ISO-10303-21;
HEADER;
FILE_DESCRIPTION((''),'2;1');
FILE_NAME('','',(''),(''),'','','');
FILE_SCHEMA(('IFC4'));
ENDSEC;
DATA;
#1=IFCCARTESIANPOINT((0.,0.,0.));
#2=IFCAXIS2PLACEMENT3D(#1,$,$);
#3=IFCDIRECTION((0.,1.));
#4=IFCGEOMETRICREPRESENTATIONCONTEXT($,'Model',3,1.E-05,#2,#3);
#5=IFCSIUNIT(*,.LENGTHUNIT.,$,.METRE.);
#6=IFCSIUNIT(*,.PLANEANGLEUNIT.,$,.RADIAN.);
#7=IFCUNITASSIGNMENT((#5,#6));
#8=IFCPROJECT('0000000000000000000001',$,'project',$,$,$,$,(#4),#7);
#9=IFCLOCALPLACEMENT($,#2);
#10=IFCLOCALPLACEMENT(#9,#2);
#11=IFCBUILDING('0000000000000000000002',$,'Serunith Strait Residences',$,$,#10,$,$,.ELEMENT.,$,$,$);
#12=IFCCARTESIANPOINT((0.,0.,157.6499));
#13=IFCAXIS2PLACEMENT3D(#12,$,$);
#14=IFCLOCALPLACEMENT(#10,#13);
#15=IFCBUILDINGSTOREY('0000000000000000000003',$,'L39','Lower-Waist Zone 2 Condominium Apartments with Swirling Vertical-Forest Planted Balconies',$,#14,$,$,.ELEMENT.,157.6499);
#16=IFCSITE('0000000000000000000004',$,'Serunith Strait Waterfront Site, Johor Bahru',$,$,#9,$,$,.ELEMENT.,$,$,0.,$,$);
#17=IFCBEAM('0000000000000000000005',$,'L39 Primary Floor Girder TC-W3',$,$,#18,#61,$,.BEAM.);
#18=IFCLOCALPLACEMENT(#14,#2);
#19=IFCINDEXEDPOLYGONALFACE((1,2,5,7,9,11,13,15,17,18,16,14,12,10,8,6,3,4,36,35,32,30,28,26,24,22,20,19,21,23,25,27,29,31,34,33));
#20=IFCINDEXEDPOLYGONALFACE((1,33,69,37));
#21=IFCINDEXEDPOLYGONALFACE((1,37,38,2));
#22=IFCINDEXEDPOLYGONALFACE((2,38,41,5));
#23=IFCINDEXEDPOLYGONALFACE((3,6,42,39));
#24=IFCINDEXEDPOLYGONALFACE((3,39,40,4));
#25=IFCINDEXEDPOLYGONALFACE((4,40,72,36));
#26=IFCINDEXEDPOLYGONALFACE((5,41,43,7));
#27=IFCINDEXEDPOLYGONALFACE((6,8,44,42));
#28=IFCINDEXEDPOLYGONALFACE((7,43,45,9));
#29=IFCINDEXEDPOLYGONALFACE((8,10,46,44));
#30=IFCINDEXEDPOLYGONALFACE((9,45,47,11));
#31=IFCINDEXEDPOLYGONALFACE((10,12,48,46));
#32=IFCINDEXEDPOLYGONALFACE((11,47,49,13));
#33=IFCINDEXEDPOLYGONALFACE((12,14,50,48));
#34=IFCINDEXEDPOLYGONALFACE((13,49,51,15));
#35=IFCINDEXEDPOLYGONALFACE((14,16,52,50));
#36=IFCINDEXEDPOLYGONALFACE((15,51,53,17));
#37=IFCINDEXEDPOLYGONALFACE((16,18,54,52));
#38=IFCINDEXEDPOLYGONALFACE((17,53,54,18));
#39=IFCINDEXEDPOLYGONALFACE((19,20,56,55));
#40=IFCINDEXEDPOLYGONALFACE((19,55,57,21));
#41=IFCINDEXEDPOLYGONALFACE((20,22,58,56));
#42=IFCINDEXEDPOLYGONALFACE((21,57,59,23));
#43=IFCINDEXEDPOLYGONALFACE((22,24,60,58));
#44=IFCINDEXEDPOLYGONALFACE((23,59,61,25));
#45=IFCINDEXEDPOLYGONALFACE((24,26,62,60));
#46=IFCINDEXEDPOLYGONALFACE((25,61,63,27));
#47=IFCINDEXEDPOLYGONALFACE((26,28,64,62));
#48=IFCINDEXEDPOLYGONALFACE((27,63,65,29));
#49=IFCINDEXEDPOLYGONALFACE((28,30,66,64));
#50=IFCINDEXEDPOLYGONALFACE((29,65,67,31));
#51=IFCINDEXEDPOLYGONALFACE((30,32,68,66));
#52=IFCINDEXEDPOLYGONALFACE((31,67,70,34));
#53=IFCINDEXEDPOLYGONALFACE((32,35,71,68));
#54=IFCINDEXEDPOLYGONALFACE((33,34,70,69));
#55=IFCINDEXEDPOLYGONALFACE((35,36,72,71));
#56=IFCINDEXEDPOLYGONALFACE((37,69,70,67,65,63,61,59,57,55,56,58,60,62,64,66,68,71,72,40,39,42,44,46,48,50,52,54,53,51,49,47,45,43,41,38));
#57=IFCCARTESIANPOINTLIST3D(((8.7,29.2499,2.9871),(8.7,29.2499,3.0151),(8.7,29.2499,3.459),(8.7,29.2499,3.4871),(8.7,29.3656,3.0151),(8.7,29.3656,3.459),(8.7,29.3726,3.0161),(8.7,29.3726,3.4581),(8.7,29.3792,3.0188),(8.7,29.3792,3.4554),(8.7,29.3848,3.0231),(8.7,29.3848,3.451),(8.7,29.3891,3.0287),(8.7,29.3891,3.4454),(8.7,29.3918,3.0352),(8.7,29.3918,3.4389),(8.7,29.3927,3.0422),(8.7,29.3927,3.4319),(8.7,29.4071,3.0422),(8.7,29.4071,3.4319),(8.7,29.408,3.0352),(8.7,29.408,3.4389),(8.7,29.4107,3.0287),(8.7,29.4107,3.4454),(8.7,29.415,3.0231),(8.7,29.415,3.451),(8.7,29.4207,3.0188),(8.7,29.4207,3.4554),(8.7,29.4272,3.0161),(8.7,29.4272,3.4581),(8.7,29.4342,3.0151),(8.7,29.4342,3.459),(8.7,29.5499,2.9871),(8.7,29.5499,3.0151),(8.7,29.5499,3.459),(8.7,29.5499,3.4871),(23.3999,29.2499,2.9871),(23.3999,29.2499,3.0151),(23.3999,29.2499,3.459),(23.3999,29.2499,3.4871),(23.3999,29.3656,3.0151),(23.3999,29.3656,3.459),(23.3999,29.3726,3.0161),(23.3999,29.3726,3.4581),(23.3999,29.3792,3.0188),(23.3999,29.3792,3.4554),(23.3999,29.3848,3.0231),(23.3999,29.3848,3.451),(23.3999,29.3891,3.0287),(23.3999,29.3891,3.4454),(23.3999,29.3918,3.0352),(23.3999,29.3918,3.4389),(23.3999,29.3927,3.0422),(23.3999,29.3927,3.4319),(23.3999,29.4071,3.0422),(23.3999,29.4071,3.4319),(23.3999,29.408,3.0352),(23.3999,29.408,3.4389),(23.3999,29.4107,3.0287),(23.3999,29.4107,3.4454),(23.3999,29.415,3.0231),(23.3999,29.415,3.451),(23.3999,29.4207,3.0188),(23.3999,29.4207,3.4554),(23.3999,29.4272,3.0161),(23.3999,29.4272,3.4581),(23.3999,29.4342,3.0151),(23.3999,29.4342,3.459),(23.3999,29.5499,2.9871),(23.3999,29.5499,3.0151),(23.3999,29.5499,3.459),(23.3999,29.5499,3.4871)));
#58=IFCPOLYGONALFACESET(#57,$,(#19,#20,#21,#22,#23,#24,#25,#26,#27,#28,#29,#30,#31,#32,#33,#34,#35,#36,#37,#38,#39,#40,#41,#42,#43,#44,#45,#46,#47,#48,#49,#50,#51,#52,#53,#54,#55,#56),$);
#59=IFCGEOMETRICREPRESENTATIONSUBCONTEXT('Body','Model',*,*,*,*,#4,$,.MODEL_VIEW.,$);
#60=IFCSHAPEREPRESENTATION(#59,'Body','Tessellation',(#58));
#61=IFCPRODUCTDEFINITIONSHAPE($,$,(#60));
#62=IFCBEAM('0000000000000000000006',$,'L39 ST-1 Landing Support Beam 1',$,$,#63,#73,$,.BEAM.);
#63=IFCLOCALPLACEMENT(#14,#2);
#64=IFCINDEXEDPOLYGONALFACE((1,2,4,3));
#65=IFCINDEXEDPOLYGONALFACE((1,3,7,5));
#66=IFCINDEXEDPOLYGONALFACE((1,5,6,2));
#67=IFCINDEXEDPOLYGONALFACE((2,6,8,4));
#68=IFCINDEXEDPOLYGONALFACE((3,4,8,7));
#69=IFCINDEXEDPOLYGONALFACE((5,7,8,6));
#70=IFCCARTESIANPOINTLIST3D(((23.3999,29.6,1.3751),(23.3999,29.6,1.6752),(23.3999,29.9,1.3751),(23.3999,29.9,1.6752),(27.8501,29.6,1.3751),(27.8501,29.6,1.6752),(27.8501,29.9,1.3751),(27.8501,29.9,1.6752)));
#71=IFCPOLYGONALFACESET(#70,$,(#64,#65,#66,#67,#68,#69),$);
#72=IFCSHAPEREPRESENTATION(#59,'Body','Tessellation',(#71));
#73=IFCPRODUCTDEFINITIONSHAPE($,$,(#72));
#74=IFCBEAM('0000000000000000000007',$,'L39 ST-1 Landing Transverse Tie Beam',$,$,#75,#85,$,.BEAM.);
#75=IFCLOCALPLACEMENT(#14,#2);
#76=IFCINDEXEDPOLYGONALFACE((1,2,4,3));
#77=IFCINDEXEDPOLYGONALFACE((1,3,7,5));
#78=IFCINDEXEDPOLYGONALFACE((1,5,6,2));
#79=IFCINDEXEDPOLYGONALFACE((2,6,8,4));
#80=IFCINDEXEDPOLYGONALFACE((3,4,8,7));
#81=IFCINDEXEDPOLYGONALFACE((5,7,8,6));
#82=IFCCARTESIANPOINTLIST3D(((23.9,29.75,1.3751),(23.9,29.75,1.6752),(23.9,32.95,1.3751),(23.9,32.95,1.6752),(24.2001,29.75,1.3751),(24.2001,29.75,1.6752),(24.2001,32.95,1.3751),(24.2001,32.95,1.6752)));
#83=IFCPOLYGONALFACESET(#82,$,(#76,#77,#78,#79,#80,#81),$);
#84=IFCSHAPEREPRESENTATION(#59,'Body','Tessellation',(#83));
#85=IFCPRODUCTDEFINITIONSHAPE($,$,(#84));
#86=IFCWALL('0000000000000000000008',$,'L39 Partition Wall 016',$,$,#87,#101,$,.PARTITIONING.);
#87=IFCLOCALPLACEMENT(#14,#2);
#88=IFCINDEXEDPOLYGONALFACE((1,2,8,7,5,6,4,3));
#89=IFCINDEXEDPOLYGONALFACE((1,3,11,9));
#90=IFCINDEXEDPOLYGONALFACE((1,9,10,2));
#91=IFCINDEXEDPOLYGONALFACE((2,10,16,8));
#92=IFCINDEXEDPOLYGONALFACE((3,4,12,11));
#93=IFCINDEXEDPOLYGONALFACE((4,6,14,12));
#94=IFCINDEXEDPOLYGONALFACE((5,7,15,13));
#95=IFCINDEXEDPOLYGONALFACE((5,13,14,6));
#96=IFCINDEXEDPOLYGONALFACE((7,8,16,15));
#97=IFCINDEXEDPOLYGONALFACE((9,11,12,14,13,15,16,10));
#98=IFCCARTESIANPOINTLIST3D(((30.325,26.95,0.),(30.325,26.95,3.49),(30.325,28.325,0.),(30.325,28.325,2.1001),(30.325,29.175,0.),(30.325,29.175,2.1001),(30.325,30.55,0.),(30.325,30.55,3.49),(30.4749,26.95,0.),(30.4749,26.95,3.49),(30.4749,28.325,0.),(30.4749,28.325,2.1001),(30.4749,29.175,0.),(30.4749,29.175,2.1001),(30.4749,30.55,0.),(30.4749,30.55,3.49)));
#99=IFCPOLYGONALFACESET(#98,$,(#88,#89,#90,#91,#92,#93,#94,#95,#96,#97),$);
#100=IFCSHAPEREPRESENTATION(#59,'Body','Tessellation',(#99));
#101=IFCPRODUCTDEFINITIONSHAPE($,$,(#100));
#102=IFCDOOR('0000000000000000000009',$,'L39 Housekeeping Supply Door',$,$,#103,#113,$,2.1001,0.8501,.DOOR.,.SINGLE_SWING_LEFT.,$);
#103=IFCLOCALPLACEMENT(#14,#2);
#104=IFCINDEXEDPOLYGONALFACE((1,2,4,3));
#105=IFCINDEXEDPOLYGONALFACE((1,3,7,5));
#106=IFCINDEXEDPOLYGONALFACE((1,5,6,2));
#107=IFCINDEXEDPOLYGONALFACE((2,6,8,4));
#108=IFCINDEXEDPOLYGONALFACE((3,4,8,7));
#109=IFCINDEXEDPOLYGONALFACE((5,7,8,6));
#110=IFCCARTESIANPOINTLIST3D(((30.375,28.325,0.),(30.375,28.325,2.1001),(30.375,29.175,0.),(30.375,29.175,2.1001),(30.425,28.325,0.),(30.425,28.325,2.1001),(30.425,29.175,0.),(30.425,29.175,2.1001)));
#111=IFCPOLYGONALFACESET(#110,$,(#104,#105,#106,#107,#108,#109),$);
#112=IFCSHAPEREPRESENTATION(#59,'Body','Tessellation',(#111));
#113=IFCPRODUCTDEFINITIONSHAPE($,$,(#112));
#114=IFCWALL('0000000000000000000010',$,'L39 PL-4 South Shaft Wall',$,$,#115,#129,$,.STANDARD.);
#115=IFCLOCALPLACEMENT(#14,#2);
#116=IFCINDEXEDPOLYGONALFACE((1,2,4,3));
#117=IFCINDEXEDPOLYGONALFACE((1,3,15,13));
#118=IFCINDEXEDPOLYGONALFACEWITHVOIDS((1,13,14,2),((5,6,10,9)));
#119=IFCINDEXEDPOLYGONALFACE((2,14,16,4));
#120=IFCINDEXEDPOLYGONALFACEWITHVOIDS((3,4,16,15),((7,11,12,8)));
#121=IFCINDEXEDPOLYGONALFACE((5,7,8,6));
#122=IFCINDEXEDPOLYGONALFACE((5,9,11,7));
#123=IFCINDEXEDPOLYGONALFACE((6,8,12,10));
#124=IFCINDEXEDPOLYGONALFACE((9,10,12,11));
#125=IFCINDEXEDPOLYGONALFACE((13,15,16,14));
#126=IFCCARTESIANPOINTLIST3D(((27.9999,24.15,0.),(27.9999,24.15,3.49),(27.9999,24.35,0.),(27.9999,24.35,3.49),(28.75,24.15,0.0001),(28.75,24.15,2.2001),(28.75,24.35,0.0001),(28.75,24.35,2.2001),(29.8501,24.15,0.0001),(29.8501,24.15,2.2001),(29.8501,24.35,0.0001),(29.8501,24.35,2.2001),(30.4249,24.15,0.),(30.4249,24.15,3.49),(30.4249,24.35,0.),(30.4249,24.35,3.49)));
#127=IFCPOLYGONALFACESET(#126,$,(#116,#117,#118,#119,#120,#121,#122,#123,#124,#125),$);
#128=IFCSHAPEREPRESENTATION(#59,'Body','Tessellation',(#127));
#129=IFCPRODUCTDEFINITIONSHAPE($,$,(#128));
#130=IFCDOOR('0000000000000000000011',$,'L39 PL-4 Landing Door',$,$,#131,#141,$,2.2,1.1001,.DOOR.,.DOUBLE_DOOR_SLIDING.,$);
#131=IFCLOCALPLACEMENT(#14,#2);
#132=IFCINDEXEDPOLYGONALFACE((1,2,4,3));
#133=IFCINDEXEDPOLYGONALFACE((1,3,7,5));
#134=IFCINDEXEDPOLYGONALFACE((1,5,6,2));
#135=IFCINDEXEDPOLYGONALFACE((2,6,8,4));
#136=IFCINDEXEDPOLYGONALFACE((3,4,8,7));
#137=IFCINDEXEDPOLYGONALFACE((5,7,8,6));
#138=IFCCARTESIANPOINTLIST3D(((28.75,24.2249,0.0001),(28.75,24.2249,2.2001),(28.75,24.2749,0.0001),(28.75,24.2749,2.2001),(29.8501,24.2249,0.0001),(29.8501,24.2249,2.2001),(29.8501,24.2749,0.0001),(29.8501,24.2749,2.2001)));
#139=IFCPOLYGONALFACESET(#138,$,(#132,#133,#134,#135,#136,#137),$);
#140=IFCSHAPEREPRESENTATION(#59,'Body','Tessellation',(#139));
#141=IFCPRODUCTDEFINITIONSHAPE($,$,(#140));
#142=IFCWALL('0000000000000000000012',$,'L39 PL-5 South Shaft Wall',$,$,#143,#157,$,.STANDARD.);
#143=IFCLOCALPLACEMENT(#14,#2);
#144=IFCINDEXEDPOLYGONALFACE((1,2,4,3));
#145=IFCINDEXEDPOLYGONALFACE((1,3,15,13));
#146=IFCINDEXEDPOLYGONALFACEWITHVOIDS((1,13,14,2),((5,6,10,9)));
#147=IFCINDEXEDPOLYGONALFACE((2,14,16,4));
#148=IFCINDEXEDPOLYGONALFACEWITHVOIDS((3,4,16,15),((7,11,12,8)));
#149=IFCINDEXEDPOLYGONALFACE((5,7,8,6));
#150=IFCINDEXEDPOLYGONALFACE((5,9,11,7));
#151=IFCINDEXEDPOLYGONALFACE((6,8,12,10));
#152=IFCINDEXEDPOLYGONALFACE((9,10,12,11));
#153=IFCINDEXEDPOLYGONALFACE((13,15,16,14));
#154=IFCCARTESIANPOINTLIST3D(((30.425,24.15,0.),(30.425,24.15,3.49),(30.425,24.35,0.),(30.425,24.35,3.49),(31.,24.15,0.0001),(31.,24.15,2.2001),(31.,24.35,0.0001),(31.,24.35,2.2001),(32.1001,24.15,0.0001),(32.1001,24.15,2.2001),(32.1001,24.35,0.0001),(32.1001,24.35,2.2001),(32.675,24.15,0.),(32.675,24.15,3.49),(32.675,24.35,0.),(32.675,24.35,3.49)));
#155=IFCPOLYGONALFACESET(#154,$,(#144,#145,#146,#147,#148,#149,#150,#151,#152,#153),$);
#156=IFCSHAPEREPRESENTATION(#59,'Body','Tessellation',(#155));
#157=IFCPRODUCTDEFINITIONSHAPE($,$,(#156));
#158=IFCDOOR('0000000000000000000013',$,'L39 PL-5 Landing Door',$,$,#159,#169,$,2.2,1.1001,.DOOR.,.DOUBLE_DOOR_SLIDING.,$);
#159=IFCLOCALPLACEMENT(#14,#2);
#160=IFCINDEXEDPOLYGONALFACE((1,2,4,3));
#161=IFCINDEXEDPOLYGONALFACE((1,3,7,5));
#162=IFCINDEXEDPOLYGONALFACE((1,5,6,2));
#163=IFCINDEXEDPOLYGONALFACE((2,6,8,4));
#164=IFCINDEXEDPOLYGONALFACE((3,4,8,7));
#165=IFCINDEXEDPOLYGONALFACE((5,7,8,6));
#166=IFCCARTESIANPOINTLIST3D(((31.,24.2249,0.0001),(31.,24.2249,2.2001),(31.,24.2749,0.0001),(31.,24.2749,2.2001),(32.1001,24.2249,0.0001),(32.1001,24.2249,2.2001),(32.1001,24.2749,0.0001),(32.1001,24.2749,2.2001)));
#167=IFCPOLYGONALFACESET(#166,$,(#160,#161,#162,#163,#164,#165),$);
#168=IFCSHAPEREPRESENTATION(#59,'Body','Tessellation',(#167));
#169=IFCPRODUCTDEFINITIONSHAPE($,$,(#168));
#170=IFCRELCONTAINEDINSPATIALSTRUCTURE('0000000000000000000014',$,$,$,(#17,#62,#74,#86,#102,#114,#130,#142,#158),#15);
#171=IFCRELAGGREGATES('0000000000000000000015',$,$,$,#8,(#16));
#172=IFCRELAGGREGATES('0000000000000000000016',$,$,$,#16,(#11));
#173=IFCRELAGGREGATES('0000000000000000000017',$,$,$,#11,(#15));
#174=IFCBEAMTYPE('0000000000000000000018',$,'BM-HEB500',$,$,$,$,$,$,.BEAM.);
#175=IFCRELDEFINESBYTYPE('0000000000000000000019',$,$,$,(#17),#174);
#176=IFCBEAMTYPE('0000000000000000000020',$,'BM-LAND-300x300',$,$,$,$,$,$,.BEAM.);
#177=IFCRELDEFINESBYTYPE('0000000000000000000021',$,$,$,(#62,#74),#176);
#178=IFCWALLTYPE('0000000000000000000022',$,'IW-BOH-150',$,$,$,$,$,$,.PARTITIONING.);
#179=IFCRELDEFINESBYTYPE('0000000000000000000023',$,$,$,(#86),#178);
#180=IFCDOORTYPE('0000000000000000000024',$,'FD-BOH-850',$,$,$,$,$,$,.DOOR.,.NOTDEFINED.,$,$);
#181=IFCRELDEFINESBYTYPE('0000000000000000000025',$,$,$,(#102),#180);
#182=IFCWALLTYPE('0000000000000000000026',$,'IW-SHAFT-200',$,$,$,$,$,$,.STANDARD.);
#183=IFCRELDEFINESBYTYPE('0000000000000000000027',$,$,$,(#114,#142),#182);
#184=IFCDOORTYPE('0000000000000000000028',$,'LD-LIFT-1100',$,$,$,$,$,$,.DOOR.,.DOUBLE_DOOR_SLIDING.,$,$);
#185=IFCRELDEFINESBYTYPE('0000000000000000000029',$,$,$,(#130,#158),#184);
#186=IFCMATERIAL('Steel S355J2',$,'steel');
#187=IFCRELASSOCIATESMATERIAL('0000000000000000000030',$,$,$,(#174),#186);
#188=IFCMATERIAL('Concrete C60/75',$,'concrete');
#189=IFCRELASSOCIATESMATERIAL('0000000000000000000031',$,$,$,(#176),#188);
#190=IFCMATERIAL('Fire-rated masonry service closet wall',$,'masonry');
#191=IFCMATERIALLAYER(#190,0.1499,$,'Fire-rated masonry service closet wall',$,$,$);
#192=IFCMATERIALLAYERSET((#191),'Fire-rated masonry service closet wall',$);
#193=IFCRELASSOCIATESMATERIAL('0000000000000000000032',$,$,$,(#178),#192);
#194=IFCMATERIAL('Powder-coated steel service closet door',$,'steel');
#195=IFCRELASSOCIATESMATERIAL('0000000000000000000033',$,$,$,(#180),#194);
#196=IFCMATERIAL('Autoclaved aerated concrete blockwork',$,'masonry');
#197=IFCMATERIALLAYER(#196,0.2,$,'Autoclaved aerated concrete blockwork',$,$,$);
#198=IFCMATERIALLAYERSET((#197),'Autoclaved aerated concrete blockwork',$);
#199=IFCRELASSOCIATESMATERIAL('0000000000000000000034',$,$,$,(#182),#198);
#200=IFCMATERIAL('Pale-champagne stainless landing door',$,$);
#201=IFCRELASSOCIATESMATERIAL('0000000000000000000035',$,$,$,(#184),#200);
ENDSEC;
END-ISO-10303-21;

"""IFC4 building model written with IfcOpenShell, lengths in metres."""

from ifc_helpers import new_model, si_unit, direction, frame, frame_2d, origin, origin_2d, place, context, subcontext, project, spatial, rectangle, i_section, extrude, source, transform, mapped, material, layer, layer_set, material_profile, profile_set, type_object, element, fill, save


model = new_model("IFC4")

# Units and contexts
model_context = context("Model", 3, precision=1e-05, world=origin(), true_north=direction((0.0, 1.0)))
body_context = subcontext(model_context, "Body", "Model", "MODEL_VIEW")
ifc_project = project(units=[si_unit("LENGTHUNIT", "METRE"), si_unit("PLANEANGLEUNIT", "RADIAN")], contexts=[model_context])

# Site, building, storey
site_placement = place(None, origin())
site = spatial("IfcSite", under=ifc_project, at=site_placement, Name="Serunith Strait Waterfront Site, Johor Bahru", CompositionType="ELEMENT", RefElevation=0.0)
building_placement = place(site_placement, origin())
building = spatial("IfcBuilding", under=site, at=building_placement, Name="Serunith Strait Residences", CompositionType="ELEMENT")
storey_placement = place(building_placement, frame((0.0, 0.0, 157.6499)))
storey = spatial("IfcBuildingStorey", under=building, at=storey_placement, Name="L39", Description="Lower-Waist Zone 2 Condominium Apartments with Swirling Vertical-Forest Planted Balconies", CompositionType="ELEMENT", Elevation=157.6499)

# Beams
ifc_material_1 = material(Name="Steel S355J2", Category="steel")
ifc_material_profile_1 = material_profile(ifc_material_1, i_section(OverallWidth=0.3, OverallDepth=0.5, WebThickness=0.0144, FlangeThickness=0.0281, FilletRadius=0.0271, at=origin_2d()), Name="HEB 500")
ifc_profile_set_1 = profile_set([ifc_material_profile_1], Name="Steel S355J2")
beam_type_1 = type_object("IfcBeamType", Name="BM-HEB500", PredefinedType="BEAM", material=ifc_profile_set_1)
shared_shape_1 = source(origin(), body_context, "Body", "SweptSolid", [
    extrude(i_section(OverallWidth=0.3, OverallDepth=0.5, WebThickness=0.0144, FlangeThickness=0.0281, FilletRadius=0.0271, at=origin_2d()), origin(), (0.0, 0.0, 1.0), 14.7),
])
beam_1_placement = place(storey_placement, frame((23.3999, 29.3999, 3.2371), z_axis=(-1.0, 0.0, 0.0), x_axis=(0.0, -1.0, 0.0)))
element("IfcBeam", 1, at=beam_1_placement, inside=storey, type_object=beam_type_1, Name="L39 Primary Floor Girder TC-W3", PredefinedType="BEAM", context=body_context, shape_type="MappedRepresentation", body=[
    mapped(shared_shape_1, transform((0.0, 0.0, 0.0), scale=1.0)),
])
ifc_material_2 = material(Name="Concrete C60/75", Category="concrete")
ifc_material_profile_2 = material_profile(ifc_material_2, rectangle(XDim=0.3, YDim=0.3, at=origin_2d()), Name="RC 300x300")
ifc_profile_set_2 = profile_set([ifc_material_profile_2], Name="Concrete C60/75")
beam_type_2 = type_object("IfcBeamType", Name="BM-LAND-300x300", PredefinedType="BEAM", material=ifc_profile_set_2)
shared_shape_2 = source(origin(), body_context, "Body", "SweptSolid", [
    extrude(rectangle(XDim=0.3, YDim=0.3, at=origin_2d()), origin(), (0.0, 0.0, 1.0), 4.4502),
])
beam_2_placement = place(storey_placement, frame((23.3999, 29.75, 1.5251), z_axis=(1.0, 0.0, 0.0), x_axis=(0.0, 1.0, 0.0)))
element("IfcBeam", 2, at=beam_2_placement, inside=storey, type_object=beam_type_2, Name="L39 ST-1 Landing Support Beam 1", PredefinedType="BEAM", context=body_context, shape_type="MappedRepresentation", body=[
    mapped(shared_shape_2, transform((0.0, 0.0, 0.0), scale=1.0)),
])
shared_shape_3 = source(origin(), body_context, "Body", "SweptSolid", [
    extrude(rectangle(XDim=0.3, YDim=0.3, at=origin_2d()), origin(), (0.0, 0.0, 1.0), 3.2),
])
beam_3_placement = place(storey_placement, frame((24.05, 29.75, 1.5251), z_axis=(0.0, 1.0, 0.0), x_axis=(-1.0, 0.0, 0.0)))
element("IfcBeam", 3, at=beam_3_placement, inside=storey, type_object=beam_type_2, Name="L39 ST-1 Landing Transverse Tie Beam", PredefinedType="BEAM", context=body_context, shape_type="MappedRepresentation", body=[
    mapped(shared_shape_3, transform((0.0, 0.0, 0.0), scale=1.0)),
])

# Walls, openings, doors
ifc_material_3 = material(Name="Fire-rated masonry service closet wall", Category="masonry")
ifc_layer_1 = layer(ifc_material_3, 0.1499, Name="Fire-rated masonry service closet wall")
ifc_layer_set_1 = layer_set([ifc_layer_1], Name="Fire-rated masonry service closet wall")
wall_type_1 = type_object("IfcWallType", Name="IW-BOH-150", PredefinedType="PARTITIONING", material=ifc_layer_set_1)
wall_1_placement = place(storey_placement, frame((30.3999, 26.95, 0.0), z_axis=(0.0, 0.0, 1.0), x_axis=(0.0, 1.0, 0.0)))
wall_1 = element("IfcWall", 4, at=wall_1_placement, inside=storey, type_object=wall_type_1, Name="L39 Partition Wall 016", PredefinedType="PARTITIONING", context=body_context, shape_type="SweptSolid", body=[
    extrude(rectangle(XDim=3.6001, YDim=0.1499, at=frame_2d((1.8, 0.0))), origin(), (0.0, 0.0, 1.0), 3.49),
])
opening_1_placement = place(wall_1_placement, frame((1.375, 0.0, 0.0)))
opening_1 = element("IfcOpeningElement", 5, at=opening_1_placement, cuts=wall_1, PredefinedType="OPENING", context=body_context, shape_type="SweptSolid", body=[
    extrude(rectangle(XDim=0.8501, YDim=2.1001, at=frame_2d((0.425, 1.05))), frame((0.0, 0.085, 0.0), z_axis=(0.0, -1.0, 0.0), x_axis=(1.0, 0.0, 0.0)), (0.0, 0.0, 1.0), 0.1699),
])
ifc_material_4 = material(Name="Powder-coated steel service closet door", Category="steel")
door_type_1 = type_object("IfcDoorType", Name="FD-BOH-850", OperationType="NOTDEFINED", PredefinedType="DOOR", material=ifc_material_4)
shared_shape_4 = source(origin(), body_context, "Body", "SweptSolid", [
    extrude(rectangle(XDim=0.8501, YDim=2.1001, at=frame_2d((0.425, 1.05))), frame((0.0, 0.0249, 0.0), z_axis=(0.0, -1.0, 0.0), x_axis=(1.0, 0.0, 0.0)), (0.0, 0.0, 1.0), 0.05),
])
door_1_placement = place(opening_1_placement, origin())
door_1 = element("IfcDoor", 6, at=door_1_placement, inside=storey, type_object=door_type_1, Name="L39 Housekeeping Supply Door", OperationType="SINGLE_SWING_LEFT", OverallHeight=2.1001, OverallWidth=0.8501, PredefinedType="DOOR", context=body_context, shape_type="MappedRepresentation", body=[
    mapped(shared_shape_4, transform((0.0, 0.0, 0.0), scale=1.0)),
])
fill(opening_1, door_1)
ifc_material_5 = material(Name="Autoclaved aerated concrete blockwork", Category="masonry")
ifc_layer_2 = layer(ifc_material_5, 0.2, Name="Autoclaved aerated concrete blockwork")
ifc_layer_set_2 = layer_set([ifc_layer_2], Name="Autoclaved aerated concrete blockwork")
wall_type_2 = type_object("IfcWallType", Name="IW-SHAFT-200", PredefinedType="STANDARD", material=ifc_layer_set_2)
wall_2_placement = place(storey_placement, frame((28.0, 24.25, 0.0), z_axis=(0.0, 0.0, 1.0), x_axis=(1.0, 0.0, 0.0)))
wall_2 = element("IfcWall", 7, at=wall_2_placement, inside=storey, type_object=wall_type_2, Name="L39 PL-4 South Shaft Wall", PredefinedType="STANDARD", context=body_context, shape_type="SweptSolid", body=[
    extrude(rectangle(XDim=2.425, YDim=0.2, at=frame_2d((1.2124, 0.0))), origin(), (0.0, 0.0, 1.0), 3.49),
])
opening_2_placement = place(wall_2_placement, frame((0.75, 0.0, 0.0)))
opening_2 = element("IfcOpeningElement", 8, at=opening_2_placement, cuts=wall_2, PredefinedType="OPENING", context=body_context, shape_type="SweptSolid", body=[
    extrude(rectangle(XDim=1.1001, YDim=2.2, at=frame_2d((0.55, 1.1001))), frame((0.0, 0.1099, 0.0), z_axis=(0.0, -1.0, 0.0), x_axis=(1.0, 0.0, 0.0)), (0.0, 0.0, 1.0), 0.22),
])
ifc_material_6 = material(Name="Pale-champagne stainless landing door")
door_type_2 = type_object("IfcDoorType", Name="LD-LIFT-1100", OperationType="DOUBLE_DOOR_SLIDING", PredefinedType="DOOR", material=ifc_material_6)
shared_shape_5 = source(origin(), body_context, "Body", "SweptSolid", [
    extrude(rectangle(XDim=1.1001, YDim=2.2, at=frame_2d((0.55, 1.1001))), frame((0.0, 0.0249, 0.0), z_axis=(0.0, -1.0, 0.0), x_axis=(1.0, 0.0, 0.0)), (0.0, 0.0, 1.0), 0.05),
])
door_2_placement = place(opening_2_placement, origin())
door_2 = element("IfcDoor", 9, at=door_2_placement, inside=storey, type_object=door_type_2, Name="L39 PL-4 Landing Door", OperationType="DOUBLE_DOOR_SLIDING", OverallHeight=2.2, OverallWidth=1.1001, PredefinedType="DOOR", context=body_context, shape_type="MappedRepresentation", body=[
    mapped(shared_shape_5, transform((0.0, 0.0, 0.0), scale=1.0)),
])
fill(opening_2, door_2)
wall_3_placement = place(storey_placement, frame((30.425, 24.25, 0.0), z_axis=(0.0, 0.0, 1.0), x_axis=(1.0, 0.0, 0.0)))
wall_3 = element("IfcWall", 10, at=wall_3_placement, inside=storey, type_object=wall_type_2, Name="L39 PL-5 South Shaft Wall", PredefinedType="STANDARD", context=body_context, shape_type="SweptSolid", body=[
    extrude(rectangle(XDim=2.25, YDim=0.2, at=frame_2d((1.125, 0.0))), origin(), (0.0, 0.0, 1.0), 3.49),
])
opening_3_placement = place(wall_3_placement, frame((0.575, 0.0, 0.0)))
opening_3 = element("IfcOpeningElement", 11, at=opening_3_placement, cuts=wall_3, PredefinedType="OPENING", context=body_context, shape_type="SweptSolid", body=[
    extrude(rectangle(XDim=1.1001, YDim=2.2, at=frame_2d((0.55, 1.1001))), frame((0.0, 0.1099, 0.0), z_axis=(0.0, -1.0, 0.0), x_axis=(1.0, 0.0, 0.0)), (0.0, 0.0, 1.0), 0.22),
])
door_3_placement = place(opening_3_placement, origin())
door_3 = element("IfcDoor", 12, at=door_3_placement, inside=storey, type_object=door_type_2, Name="L39 PL-5 Landing Door", OperationType="DOUBLE_DOOR_SLIDING", OverallHeight=2.2, OverallWidth=1.1001, PredefinedType="DOOR", context=body_context, shape_type="MappedRepresentation", body=[
    mapped(shared_shape_5, transform((0.0, 0.0, 0.0), scale=1.0)),
])
fill(opening_3, door_3)

save(model, "model.ifc")
